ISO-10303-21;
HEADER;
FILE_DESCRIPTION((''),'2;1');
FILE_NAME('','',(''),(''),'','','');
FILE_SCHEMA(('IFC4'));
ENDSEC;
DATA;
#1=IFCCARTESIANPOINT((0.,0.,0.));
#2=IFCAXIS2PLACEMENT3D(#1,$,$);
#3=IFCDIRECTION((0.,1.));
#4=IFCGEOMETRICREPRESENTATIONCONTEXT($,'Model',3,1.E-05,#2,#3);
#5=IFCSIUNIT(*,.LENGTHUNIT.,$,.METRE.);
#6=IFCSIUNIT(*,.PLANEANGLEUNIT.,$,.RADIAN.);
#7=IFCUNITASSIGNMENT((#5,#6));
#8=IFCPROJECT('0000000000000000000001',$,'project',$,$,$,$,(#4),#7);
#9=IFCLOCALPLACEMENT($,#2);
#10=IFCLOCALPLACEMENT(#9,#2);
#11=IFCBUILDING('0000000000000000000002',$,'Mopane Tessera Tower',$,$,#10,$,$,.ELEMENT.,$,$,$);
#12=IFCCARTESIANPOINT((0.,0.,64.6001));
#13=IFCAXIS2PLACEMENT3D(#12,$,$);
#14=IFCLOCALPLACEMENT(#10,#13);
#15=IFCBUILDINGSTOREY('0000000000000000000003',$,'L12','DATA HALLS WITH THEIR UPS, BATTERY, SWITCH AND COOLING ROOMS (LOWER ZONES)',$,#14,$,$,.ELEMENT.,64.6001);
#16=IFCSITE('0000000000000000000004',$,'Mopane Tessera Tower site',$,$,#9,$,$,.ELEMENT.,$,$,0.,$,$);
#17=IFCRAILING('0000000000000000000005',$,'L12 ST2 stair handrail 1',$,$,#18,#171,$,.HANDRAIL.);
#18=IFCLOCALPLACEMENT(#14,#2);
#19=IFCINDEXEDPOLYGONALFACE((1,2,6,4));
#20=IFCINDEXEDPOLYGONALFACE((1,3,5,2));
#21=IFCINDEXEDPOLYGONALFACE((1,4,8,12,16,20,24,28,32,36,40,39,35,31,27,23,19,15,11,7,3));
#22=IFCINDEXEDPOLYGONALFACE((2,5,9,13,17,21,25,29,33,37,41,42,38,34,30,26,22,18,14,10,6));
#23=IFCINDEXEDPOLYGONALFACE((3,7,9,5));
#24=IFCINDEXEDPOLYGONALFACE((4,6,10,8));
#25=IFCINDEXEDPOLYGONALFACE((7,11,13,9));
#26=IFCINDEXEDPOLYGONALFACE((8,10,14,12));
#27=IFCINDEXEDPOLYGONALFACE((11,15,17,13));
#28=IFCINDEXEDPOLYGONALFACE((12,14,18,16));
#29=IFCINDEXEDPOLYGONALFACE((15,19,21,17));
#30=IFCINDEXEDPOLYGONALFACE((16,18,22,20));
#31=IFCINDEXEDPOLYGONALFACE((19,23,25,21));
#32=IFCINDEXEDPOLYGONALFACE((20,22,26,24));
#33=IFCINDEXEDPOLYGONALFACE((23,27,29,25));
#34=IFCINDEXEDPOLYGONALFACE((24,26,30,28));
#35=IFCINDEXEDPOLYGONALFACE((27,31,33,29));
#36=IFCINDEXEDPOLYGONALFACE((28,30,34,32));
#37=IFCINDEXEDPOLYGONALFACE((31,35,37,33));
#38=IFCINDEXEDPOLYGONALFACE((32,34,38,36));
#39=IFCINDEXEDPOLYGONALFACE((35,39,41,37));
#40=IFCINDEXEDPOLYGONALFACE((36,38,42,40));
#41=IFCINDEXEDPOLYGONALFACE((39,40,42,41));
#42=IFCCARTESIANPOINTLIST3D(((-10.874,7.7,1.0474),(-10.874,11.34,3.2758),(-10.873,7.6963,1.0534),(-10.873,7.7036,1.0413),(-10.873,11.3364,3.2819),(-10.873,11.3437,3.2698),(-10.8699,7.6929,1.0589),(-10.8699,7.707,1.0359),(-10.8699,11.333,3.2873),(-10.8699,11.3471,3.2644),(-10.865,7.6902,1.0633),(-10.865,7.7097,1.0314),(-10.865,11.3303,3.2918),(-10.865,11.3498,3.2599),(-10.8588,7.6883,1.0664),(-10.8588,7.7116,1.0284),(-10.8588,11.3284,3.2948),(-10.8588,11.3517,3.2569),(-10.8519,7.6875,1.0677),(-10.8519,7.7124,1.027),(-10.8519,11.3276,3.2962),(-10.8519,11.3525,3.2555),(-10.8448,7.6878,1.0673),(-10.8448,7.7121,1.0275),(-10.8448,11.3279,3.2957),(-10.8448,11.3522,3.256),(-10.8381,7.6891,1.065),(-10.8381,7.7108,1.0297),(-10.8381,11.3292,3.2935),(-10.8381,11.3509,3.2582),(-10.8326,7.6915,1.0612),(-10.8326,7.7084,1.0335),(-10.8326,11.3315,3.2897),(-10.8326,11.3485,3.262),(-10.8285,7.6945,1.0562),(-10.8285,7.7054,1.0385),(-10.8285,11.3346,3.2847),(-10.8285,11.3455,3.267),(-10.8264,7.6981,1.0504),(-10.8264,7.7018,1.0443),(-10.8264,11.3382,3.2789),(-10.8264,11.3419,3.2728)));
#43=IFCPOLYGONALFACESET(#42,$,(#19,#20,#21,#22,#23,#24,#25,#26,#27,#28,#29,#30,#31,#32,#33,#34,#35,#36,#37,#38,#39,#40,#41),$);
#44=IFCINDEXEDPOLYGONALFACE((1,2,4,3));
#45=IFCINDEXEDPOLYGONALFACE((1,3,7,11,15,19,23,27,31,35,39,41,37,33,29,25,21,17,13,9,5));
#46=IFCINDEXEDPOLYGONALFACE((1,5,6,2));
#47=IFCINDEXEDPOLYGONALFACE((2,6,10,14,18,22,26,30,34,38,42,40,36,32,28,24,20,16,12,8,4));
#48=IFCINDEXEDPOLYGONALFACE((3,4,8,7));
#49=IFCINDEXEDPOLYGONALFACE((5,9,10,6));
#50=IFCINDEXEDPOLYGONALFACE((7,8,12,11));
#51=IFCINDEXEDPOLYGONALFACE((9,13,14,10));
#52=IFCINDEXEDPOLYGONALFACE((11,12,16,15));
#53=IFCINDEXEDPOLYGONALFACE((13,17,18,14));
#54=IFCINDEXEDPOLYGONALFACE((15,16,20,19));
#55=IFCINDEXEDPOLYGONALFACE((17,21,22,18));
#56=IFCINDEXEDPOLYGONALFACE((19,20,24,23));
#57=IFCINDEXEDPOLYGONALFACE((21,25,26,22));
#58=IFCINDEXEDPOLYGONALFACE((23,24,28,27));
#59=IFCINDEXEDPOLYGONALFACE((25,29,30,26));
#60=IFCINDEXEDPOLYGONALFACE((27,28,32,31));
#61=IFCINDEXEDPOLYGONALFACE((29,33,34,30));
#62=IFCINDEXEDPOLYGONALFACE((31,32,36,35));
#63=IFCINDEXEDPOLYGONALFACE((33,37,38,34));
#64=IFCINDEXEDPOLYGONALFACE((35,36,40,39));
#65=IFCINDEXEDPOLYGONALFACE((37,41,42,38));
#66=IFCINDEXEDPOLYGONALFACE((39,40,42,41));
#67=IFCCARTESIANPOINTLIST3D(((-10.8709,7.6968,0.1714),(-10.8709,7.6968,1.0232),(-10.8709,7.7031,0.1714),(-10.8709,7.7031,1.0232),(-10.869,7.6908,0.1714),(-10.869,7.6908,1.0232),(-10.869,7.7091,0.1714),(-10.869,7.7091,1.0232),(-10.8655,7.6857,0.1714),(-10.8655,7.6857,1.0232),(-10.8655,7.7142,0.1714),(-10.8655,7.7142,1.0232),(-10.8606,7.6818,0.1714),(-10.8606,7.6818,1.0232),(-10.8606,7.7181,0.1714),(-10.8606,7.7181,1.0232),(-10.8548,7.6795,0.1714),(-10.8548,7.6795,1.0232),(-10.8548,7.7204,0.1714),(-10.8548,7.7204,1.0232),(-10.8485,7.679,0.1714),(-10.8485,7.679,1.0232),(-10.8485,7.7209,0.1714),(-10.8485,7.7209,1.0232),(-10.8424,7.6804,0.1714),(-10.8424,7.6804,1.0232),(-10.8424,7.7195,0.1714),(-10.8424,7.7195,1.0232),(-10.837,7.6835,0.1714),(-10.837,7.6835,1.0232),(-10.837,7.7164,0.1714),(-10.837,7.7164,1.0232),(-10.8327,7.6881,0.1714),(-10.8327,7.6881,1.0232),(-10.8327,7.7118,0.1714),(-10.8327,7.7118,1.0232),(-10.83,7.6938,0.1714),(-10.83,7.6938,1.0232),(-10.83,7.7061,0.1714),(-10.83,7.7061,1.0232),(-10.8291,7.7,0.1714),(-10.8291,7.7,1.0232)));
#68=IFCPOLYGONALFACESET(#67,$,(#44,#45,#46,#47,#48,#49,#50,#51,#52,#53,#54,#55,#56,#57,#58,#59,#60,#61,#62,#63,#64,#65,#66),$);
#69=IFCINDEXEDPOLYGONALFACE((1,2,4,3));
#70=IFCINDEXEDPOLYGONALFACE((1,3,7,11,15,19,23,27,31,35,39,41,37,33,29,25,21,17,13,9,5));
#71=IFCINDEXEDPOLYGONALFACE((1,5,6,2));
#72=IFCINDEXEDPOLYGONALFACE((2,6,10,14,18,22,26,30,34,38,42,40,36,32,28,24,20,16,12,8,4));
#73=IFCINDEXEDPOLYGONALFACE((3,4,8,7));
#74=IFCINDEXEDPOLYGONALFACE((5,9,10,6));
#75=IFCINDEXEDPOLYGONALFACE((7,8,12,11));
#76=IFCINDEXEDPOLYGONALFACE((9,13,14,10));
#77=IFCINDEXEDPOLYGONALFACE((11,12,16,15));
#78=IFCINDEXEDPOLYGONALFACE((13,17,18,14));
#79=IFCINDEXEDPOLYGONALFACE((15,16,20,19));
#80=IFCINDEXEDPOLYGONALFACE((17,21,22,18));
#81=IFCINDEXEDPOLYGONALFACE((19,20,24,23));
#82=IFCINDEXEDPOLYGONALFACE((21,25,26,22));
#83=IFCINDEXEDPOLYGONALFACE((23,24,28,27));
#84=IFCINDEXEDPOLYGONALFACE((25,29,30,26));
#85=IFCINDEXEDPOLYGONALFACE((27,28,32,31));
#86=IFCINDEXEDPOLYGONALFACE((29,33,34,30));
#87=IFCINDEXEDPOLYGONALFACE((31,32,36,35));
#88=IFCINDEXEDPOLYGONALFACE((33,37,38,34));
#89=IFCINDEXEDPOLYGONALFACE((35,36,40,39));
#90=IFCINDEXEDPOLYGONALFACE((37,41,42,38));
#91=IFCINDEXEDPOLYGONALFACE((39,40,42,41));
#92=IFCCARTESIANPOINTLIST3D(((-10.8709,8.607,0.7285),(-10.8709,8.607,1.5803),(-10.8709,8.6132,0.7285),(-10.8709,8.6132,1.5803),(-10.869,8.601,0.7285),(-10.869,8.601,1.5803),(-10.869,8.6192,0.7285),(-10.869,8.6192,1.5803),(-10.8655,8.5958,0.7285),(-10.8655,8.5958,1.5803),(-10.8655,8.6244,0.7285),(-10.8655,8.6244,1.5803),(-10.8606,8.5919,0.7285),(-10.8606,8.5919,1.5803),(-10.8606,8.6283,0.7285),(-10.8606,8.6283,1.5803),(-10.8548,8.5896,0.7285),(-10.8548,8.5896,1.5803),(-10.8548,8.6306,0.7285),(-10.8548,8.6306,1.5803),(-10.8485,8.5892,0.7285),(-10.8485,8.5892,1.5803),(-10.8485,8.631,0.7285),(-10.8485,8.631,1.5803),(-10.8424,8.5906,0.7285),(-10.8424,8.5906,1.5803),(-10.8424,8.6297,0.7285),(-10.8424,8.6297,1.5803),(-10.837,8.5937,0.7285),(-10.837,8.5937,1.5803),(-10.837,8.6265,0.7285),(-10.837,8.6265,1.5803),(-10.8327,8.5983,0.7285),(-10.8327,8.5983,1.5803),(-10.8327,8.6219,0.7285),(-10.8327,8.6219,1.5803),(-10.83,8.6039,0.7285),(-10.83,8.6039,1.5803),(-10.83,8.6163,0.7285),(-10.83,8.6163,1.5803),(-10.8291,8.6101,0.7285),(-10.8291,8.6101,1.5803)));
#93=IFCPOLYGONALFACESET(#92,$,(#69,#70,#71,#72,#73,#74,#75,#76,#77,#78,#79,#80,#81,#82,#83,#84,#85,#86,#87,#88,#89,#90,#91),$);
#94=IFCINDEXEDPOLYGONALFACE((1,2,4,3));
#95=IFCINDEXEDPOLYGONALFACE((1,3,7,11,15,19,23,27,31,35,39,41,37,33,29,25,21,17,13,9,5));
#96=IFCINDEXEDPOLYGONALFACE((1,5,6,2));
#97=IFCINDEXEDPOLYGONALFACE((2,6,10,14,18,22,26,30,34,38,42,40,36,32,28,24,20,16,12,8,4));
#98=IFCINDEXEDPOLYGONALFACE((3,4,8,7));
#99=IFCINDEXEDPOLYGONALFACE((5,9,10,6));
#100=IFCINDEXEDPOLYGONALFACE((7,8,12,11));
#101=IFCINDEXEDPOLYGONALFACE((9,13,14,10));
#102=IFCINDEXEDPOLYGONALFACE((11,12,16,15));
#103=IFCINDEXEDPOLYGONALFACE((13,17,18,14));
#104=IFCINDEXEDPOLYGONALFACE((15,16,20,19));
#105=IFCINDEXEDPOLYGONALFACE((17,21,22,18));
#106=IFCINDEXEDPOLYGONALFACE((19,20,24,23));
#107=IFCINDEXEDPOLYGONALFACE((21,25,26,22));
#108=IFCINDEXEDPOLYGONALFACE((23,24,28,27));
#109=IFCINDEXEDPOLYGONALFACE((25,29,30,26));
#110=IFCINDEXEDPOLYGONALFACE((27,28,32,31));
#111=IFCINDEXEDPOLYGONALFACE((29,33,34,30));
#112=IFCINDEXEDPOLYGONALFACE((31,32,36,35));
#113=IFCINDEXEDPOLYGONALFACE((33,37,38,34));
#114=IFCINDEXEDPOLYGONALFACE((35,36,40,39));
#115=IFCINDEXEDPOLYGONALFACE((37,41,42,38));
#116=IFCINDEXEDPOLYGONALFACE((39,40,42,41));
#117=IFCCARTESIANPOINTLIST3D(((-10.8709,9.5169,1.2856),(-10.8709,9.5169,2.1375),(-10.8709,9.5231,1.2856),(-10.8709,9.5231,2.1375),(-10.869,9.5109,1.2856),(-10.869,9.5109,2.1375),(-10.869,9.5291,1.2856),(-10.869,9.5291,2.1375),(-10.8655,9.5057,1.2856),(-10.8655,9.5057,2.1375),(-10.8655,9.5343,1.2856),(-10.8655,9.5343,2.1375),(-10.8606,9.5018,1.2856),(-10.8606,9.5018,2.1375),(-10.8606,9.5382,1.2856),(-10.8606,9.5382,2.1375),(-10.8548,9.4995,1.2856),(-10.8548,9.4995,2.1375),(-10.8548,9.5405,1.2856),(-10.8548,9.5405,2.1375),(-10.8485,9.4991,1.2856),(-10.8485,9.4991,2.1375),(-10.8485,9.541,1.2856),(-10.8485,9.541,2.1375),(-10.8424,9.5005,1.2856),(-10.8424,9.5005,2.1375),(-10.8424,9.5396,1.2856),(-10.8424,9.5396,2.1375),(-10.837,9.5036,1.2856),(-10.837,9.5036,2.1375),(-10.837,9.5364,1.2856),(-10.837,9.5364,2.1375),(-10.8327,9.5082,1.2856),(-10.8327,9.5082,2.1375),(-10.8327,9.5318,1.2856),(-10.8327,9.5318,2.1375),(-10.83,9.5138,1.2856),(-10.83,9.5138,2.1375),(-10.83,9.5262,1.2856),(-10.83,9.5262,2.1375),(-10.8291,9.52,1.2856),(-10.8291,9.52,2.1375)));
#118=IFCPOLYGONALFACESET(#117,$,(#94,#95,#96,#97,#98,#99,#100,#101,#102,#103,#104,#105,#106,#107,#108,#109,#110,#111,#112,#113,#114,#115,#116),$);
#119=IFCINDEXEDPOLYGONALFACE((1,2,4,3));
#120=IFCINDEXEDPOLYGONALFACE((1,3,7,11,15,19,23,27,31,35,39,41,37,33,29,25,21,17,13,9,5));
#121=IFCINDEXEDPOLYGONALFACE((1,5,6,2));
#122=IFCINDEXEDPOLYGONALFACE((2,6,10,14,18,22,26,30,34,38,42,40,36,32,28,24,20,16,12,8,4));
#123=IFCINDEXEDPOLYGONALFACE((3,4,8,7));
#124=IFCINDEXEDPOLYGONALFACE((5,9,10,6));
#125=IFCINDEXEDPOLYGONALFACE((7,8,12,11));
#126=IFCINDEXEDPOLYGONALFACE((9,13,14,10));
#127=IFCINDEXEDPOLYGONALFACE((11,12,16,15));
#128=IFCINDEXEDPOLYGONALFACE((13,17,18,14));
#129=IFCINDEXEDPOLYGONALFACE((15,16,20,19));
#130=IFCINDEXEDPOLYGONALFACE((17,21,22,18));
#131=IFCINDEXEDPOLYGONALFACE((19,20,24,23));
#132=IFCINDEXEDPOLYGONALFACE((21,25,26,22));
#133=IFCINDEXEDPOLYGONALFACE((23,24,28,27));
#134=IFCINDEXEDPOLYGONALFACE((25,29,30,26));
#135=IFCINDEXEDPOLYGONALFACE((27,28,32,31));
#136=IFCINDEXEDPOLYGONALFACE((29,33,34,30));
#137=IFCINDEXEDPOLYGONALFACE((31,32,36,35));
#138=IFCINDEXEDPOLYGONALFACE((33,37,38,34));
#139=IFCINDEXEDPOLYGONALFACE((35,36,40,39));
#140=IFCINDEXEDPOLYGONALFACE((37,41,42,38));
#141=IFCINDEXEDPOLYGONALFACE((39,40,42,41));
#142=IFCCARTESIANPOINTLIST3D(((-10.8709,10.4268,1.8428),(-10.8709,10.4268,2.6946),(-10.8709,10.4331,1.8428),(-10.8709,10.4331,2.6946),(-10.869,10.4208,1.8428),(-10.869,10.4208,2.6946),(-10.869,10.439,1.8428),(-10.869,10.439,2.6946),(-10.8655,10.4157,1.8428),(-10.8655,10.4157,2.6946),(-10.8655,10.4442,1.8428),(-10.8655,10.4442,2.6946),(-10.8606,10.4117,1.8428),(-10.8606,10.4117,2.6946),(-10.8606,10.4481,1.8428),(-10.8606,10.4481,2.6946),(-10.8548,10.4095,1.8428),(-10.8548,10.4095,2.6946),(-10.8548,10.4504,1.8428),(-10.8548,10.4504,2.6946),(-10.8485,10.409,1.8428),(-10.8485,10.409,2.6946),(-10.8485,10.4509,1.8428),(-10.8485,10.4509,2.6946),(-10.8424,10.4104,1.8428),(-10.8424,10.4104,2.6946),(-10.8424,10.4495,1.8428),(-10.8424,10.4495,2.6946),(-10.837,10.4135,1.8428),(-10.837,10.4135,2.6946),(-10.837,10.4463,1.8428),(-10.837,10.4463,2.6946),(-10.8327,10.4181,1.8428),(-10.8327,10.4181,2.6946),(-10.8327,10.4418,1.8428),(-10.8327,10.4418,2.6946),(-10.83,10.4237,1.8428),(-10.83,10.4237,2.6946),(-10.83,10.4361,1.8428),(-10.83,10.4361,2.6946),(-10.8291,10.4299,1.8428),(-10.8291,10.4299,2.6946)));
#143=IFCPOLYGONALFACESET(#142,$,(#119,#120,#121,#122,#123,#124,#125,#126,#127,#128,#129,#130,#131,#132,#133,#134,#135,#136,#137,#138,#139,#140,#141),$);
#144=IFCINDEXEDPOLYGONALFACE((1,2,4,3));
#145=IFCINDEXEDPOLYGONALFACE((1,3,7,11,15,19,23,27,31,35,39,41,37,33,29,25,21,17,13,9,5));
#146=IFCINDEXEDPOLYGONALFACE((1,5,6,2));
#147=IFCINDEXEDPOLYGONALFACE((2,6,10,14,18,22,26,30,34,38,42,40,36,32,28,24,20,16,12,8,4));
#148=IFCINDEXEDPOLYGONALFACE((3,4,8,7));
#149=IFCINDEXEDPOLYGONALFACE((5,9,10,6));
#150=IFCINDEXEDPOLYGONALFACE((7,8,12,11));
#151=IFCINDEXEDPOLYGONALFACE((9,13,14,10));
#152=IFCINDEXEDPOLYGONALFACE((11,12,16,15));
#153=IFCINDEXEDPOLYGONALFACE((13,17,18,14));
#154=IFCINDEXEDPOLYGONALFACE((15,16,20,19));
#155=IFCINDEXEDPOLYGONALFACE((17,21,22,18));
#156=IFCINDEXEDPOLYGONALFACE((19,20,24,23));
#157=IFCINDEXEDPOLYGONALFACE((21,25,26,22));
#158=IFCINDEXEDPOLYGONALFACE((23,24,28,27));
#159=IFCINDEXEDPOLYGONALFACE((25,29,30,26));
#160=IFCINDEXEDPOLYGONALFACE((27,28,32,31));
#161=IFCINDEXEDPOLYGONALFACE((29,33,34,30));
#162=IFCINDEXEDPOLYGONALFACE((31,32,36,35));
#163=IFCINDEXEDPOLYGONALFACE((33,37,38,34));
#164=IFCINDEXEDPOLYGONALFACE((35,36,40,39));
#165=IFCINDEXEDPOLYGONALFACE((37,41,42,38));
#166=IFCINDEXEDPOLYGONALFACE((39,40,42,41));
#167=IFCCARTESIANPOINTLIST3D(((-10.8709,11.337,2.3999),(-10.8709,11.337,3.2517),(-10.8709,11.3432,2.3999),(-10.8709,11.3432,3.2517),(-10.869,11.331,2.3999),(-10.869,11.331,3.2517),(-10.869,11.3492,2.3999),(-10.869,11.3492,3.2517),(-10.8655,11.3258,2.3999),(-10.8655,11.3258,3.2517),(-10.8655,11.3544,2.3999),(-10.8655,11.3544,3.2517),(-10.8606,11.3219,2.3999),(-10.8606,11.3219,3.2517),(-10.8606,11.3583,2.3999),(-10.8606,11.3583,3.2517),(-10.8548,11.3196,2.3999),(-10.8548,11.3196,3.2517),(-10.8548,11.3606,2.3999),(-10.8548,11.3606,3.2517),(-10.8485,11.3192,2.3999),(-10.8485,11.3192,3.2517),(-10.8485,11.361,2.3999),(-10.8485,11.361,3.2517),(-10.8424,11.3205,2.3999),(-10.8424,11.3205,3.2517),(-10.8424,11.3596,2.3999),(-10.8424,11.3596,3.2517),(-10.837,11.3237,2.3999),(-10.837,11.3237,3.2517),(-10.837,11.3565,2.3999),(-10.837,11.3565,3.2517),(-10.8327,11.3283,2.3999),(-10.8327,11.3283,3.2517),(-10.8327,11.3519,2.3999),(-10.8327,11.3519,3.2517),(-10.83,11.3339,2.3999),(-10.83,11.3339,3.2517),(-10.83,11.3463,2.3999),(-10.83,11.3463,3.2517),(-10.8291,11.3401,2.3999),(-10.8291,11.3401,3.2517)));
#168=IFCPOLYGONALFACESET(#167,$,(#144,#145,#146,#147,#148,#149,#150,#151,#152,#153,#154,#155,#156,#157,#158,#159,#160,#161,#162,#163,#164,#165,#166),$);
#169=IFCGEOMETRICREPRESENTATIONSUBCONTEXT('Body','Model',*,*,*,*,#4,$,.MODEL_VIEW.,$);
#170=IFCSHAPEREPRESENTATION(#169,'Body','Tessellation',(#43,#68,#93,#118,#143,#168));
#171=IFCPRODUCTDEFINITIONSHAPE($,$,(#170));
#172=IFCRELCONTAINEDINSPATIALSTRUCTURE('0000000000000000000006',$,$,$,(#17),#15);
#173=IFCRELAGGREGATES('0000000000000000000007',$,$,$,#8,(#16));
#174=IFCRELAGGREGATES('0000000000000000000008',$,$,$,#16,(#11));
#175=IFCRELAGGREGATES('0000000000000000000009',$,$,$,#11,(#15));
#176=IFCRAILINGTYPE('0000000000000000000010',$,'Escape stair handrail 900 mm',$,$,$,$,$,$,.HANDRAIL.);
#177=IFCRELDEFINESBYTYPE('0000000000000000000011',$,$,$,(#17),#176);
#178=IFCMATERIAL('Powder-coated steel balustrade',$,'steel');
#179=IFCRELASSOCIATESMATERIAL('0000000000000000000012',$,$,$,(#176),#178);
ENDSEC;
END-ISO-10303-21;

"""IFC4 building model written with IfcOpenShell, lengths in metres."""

from ifc_helpers import new_model, si_unit, direction, frame, origin, origin_2d, place, context, subcontext, project, spatial, circle, extrude, material, type_object, element, save


model = new_model("IFC4")

# Units and contexts
model_context = context("Model", 3, precision=1e-05, world=origin(), true_north=direction((0.0, 1.0)))
body_context = subcontext(model_context, "Body", "Model", "MODEL_VIEW")
ifc_project = project(units=[si_unit("LENGTHUNIT", "METRE"), si_unit("PLANEANGLEUNIT", "RADIAN")], contexts=[model_context])

# Site, building, storey
site_placement = place(None, origin())
site = spatial("IfcSite", under=ifc_project, at=site_placement, Name="Mopane Tessera Tower site", CompositionType="ELEMENT", RefElevation=0.0)
building_placement = place(site_placement, origin())
building = spatial("IfcBuilding", under=site, at=building_placement, Name="Mopane Tessera Tower", CompositionType="ELEMENT")
storey_placement = place(building_placement, frame((0.0, 0.0, 64.6001)))
storey = spatial("IfcBuildingStorey", under=building, at=storey_placement, Name="L12", Description="DATA HALLS WITH THEIR UPS, BATTERY, SWITCH AND COOLING ROOMS (LOWER ZONES)", CompositionType="ELEMENT", Elevation=64.6001)

# Railing
ifc_material_1 = material(Name="Powder-coated steel balustrade", Category="steel")
railing_type_1 = type_object("IfcRailingType", Name="Escape stair handrail 900 mm", PredefinedType="HANDRAIL", material=ifc_material_1)
railing_1_placement = place(storey_placement, frame((-10.8501, 7.7, 0.1714)))
element("IfcRailing", 1, at=railing_1_placement, inside=storey, type_object=railing_type_1, Name="L12 ST2 stair handrail 1", PredefinedType="HANDRAIL", context=body_context, shape_type="SweptSolid", body=[
    extrude(circle(Radius=0.0239, at=origin_2d()), frame((0.0, 0.0, 0.876), z_axis=(0.0, 0.852866, 0.52213), x_axis=(-1.0, 0.0, 0.0)), (0.0, 0.0, 1.0), 4.2681),
    extrude(circle(Radius=0.021, at=origin_2d()), origin(), (0.0, 0.0, 1.0), 0.8518),
    extrude(circle(Radius=0.021, at=origin_2d()), frame((0.0, 0.9102, 0.5571)), (0.0, 0.0, 1.0), 0.8518),
    extrude(circle(Radius=0.021, at=origin_2d()), frame((0.0, 1.8201, 1.1143)), (0.0, 0.0, 1.0), 0.8518),
    extrude(circle(Radius=0.021, at=origin_2d()), frame((0.0, 2.73, 1.6714)), (0.0, 0.0, 1.0), 0.8518),
    extrude(circle(Radius=0.021, at=origin_2d()), frame((0.0, 3.6401, 2.2285)), (0.0, 0.0, 1.0), 0.8518),
])

save(model, "model.ifc")
